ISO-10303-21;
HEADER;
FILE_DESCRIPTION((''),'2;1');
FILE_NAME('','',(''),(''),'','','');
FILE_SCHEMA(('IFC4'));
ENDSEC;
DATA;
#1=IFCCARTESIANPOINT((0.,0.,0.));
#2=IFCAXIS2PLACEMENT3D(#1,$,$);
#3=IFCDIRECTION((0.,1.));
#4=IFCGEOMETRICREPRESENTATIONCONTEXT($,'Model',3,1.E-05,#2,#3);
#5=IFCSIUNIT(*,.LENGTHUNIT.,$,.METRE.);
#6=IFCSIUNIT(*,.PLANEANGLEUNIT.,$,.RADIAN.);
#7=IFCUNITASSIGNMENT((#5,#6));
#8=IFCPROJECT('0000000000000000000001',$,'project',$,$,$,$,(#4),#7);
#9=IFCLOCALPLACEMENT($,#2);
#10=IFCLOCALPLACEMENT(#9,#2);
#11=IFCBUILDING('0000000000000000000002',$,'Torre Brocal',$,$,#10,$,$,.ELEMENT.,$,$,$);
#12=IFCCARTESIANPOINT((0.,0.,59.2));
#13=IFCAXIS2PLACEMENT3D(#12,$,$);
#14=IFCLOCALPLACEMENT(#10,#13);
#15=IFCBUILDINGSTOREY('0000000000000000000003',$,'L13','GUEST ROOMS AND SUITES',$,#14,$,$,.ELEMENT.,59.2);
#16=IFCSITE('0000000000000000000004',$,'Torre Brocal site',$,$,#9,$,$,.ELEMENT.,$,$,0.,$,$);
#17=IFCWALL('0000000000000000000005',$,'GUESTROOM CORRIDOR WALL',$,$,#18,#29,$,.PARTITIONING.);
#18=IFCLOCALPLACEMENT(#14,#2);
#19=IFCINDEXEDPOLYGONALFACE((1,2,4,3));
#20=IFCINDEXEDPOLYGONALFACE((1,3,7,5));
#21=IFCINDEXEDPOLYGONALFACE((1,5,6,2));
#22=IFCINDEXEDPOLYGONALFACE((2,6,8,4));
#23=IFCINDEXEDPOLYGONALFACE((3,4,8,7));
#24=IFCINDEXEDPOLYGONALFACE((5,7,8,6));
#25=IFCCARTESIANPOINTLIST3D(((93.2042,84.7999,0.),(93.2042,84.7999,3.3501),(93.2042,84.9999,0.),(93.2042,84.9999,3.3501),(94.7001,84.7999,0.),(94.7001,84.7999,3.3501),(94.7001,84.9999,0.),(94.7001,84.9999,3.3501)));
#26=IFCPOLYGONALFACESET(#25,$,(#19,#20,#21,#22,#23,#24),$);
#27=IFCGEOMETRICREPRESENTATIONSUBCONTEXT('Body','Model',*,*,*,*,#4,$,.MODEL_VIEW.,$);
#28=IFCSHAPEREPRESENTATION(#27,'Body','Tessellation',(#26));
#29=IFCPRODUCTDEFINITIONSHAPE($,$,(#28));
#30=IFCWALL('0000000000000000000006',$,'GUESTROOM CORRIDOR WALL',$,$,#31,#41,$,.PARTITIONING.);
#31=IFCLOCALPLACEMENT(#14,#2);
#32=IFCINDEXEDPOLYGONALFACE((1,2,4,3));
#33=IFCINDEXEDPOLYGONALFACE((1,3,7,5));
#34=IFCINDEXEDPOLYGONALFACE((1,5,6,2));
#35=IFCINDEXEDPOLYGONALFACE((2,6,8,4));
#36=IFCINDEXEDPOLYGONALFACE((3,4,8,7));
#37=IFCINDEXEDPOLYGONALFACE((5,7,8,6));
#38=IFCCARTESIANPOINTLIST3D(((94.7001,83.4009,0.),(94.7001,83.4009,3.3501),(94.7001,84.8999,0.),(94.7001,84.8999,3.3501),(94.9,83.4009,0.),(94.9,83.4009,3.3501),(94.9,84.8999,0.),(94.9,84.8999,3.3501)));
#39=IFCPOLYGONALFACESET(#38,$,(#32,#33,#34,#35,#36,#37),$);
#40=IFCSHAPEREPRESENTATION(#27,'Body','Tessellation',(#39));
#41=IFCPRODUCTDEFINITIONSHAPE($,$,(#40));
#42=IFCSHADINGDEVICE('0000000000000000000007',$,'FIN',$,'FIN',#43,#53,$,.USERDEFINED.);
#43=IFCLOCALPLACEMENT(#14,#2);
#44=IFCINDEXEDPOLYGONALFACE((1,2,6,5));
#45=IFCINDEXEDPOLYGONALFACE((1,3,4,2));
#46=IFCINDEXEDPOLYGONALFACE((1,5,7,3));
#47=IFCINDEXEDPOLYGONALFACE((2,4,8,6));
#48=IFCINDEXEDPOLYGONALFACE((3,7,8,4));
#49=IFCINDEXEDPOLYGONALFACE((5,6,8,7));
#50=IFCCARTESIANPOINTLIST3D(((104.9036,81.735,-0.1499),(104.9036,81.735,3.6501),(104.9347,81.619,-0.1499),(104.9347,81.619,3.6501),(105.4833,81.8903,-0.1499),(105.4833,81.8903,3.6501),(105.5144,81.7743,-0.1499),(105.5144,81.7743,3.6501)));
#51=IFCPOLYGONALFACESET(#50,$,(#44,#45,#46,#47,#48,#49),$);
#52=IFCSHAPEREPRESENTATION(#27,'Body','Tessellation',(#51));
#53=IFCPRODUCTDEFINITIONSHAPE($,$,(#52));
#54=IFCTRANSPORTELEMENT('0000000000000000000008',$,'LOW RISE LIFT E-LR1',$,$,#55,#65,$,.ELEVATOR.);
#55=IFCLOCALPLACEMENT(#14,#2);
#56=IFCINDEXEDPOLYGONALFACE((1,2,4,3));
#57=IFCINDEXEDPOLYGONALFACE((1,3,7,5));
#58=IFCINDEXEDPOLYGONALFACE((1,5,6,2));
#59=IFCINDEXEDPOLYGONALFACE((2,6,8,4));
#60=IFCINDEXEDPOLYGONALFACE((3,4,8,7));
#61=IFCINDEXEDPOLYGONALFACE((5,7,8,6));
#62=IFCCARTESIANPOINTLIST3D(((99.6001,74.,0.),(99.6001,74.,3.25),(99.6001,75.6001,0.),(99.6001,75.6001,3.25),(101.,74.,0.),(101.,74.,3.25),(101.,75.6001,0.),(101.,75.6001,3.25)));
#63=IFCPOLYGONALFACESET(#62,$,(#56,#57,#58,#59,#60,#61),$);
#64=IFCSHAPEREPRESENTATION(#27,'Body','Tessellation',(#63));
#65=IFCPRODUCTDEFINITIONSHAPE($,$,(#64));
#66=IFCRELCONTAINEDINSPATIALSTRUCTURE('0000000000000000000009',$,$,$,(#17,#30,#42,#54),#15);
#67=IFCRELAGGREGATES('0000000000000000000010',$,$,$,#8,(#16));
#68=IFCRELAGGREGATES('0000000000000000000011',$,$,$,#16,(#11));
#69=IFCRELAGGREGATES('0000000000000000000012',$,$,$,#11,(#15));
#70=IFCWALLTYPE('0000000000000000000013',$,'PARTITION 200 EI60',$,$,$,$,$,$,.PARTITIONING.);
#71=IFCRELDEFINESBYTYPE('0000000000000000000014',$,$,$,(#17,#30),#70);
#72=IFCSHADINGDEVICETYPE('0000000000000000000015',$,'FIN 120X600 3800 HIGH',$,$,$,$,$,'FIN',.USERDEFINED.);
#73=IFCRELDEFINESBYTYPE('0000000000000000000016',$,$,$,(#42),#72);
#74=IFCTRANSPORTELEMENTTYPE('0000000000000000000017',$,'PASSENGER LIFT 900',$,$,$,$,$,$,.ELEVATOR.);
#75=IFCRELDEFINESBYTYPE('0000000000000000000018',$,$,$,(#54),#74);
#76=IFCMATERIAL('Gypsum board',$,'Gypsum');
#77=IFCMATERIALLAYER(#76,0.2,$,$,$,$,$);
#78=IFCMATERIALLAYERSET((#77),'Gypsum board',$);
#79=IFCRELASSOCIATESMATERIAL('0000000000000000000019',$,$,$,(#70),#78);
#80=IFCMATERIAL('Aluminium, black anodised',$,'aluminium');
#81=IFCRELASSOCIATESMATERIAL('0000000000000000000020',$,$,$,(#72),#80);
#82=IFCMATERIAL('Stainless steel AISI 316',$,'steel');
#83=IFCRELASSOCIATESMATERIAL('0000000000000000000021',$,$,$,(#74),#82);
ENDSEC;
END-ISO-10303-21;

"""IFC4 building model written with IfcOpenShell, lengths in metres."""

from ifc_helpers import new_model, si_unit, direction, frame, frame_2d, origin, origin_2d, place, context, subcontext, project, spatial, rectangle, extrude, material, layer, layer_set, material_profile, profile_set, type_object, element, save


model = new_model("IFC4")

# Units and contexts
model_context = context("Model", 3, precision=1e-05, world=origin(), true_north=direction((0.0, 1.0)))
body_context = subcontext(model_context, "Body", "Model", "MODEL_VIEW")
ifc_project = project(units=[si_unit("LENGTHUNIT", "METRE"), si_unit("PLANEANGLEUNIT", "RADIAN")], contexts=[model_context])

# Site, building, storey
site_placement = place(None, origin())
site = spatial("IfcSite", under=ifc_project, at=site_placement, Name="Torre Brocal site", CompositionType="ELEMENT", RefElevation=0.0)
building_placement = place(site_placement, origin())
building = spatial("IfcBuilding", under=site, at=building_placement, Name="Torre Brocal", CompositionType="ELEMENT")
storey_placement = place(building_placement, frame((0.0, 0.0, 59.2)))
storey = spatial("IfcBuildingStorey", under=building, at=storey_placement, Name="L13", Description="GUEST ROOMS AND SUITES", CompositionType="ELEMENT", Elevation=59.2)

# Walls
ifc_material_1 = material(Name="Gypsum board", Category="Gypsum")
ifc_layer_1 = layer(ifc_material_1, 0.2)
ifc_layer_set_1 = layer_set([ifc_layer_1], Name="Gypsum board")
wall_type_1 = type_object("IfcWallType", Name="PARTITION 200 EI60", PredefinedType="PARTITIONING", material=ifc_layer_set_1)
wall_1_placement = place(storey_placement, frame((93.2041, 84.8999, 0.0), z_axis=(0.0, 0.0, 1.0), x_axis=(1.0, 0.0, 0.0)))
element("IfcWall", 1, at=wall_1_placement, inside=storey, type_object=wall_type_1, Name="GUESTROOM CORRIDOR WALL", PredefinedType="PARTITIONING", context=body_context, shape_type="SweptSolid", body=[
    extrude(rectangle(XDim=1.4958, YDim=0.2, at=frame_2d((0.748, 0.0))), origin(), (0.0, 0.0, 1.0), 3.3501),
])
wall_2_placement = place(storey_placement, frame((94.8, 83.4009, 0.0), z_axis=(0.0, 0.0, 1.0), x_axis=(0.0, 1.0, 0.0)))
element("IfcWall", 2, at=wall_2_placement, inside=storey, type_object=wall_type_1, Name="GUESTROOM CORRIDOR WALL", PredefinedType="PARTITIONING", context=body_context, shape_type="SweptSolid", body=[
    extrude(rectangle(XDim=1.499, YDim=0.2, at=frame_2d((0.7495, 0.0))), origin(), (0.0, 0.0, 1.0), 3.3501),
])

# Shading device
ifc_material_2 = material(Name="Aluminium, black anodised", Category="aluminium")
ifc_material_profile_1 = material_profile(ifc_material_2, rectangle(XDim=0.1201, YDim=0.6001, at=origin_2d()), Name="FIN 120X600 3800 HIGH")
ifc_profile_set_1 = profile_set([ifc_material_profile_1], Name="Aluminium, black anodised")
shading_device_type = type_object("IfcShadingDeviceType", Name="FIN 120X600 3800 HIGH", ElementType="FIN", PredefinedType="USERDEFINED", material=ifc_profile_set_1)
shading_device_placement = place(storey_placement, frame((105.209, 81.7546, -0.1499), z_axis=(0.0, 0.0, 1.0), x_axis=(-0.258819, 0.965926, 0.0)))
element("IfcShadingDevice", 3, at=shading_device_placement, inside=storey, type_object=shading_device_type, Name="FIN", ObjectType="FIN", PredefinedType="USERDEFINED", context=body_context, shape_type="SweptSolid", body=[
    extrude(rectangle(XDim=0.1201, YDim=0.6001, at=origin_2d()), origin(), (0.0, 0.0, 1.0), 3.8),
])

# Transport element
ifc_material_3 = material(Name="Stainless steel AISI 316", Category="steel")
transport_element_type = type_object("IfcTransportElementType", Name="PASSENGER LIFT 900", PredefinedType="ELEVATOR", material=ifc_material_3)
transport_element_placement = place(storey_placement, frame((100.3, 74.8, 0.0), z_axis=(0.0, 0.0, 1.0), x_axis=(1.0, 0.0, 0.0)))
element("IfcTransportElement", 4, at=transport_element_placement, inside=storey, type_object=transport_element_type, Name="LOW RISE LIFT E-LR1", PredefinedType="ELEVATOR", context=body_context, shape_type="SweptSolid", body=[
    extrude(rectangle(XDim=1.3999, YDim=1.6001, at=origin_2d()), origin(), (0.0, 0.0, 1.0), 3.25),
])

save(model, "model.ifc")
